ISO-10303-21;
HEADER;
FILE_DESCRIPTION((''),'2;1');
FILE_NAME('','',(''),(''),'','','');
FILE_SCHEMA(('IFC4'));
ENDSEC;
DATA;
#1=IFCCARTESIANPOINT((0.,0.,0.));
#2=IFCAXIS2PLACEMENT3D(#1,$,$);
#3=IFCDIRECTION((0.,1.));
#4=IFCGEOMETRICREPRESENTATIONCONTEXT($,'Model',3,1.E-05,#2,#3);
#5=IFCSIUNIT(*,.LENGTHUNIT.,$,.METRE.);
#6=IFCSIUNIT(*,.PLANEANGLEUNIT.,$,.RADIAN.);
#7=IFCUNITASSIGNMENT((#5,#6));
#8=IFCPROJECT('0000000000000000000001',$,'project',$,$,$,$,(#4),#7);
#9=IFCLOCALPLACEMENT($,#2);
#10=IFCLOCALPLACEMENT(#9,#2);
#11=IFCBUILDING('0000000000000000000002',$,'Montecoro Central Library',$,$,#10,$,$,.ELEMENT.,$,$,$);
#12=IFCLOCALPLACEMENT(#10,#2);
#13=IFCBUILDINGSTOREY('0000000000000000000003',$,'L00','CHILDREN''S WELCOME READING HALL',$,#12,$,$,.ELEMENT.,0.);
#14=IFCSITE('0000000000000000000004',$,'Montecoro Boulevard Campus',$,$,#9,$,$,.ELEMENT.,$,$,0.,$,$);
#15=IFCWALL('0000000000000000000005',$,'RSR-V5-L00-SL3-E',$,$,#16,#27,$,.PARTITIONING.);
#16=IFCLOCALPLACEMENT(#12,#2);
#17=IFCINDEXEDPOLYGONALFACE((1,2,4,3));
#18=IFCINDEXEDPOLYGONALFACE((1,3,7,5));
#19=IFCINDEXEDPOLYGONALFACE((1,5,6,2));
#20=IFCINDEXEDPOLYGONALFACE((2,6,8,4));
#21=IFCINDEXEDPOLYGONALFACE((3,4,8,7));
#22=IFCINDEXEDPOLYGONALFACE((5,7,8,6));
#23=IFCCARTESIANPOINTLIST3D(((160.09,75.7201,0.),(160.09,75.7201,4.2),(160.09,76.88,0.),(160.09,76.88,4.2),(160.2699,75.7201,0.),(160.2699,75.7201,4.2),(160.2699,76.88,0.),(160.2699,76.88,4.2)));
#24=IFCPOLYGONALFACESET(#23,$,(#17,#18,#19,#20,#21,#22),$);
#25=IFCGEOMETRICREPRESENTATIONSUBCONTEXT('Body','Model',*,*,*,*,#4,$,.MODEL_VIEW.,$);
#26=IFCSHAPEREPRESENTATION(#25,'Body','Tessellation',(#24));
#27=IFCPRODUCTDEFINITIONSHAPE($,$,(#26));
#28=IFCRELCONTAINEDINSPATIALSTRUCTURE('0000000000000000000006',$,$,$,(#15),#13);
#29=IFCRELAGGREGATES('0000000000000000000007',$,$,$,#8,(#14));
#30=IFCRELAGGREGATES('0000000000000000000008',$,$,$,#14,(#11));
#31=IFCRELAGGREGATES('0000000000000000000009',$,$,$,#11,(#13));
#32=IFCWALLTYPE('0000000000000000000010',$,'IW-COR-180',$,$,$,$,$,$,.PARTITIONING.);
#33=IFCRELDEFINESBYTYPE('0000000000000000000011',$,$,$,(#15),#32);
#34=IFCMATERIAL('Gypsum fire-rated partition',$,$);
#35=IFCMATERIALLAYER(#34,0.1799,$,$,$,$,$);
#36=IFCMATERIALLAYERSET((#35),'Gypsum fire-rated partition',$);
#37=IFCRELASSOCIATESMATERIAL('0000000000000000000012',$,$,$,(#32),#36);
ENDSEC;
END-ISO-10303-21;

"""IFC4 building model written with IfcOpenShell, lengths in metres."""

from ifc_helpers import new_model, si_unit, direction, frame, frame_2d, origin, place, context, subcontext, project, spatial, rectangle, extrude, material, layer, layer_set, type_object, element, save


model = new_model("IFC4")

# Units and contexts
model_context = context("Model", 3, precision=1e-05, world=origin(), true_north=direction((0.0, 1.0)))
body_context = subcontext(model_context, "Body", "Model", "MODEL_VIEW")
ifc_project = project(units=[si_unit("LENGTHUNIT", "METRE"), si_unit("PLANEANGLEUNIT", "RADIAN")], contexts=[model_context])

# Site, building, storey
site_placement = place(None, origin())
site = spatial("IfcSite", under=ifc_project, at=site_placement, Name="Montecoro Boulevard Campus", CompositionType="ELEMENT", RefElevation=0.0)
building_placement = place(site_placement, origin())
building = spatial("IfcBuilding", under=site, at=building_placement, Name="Montecoro Central Library", CompositionType="ELEMENT")
storey_placement = place(building_placement, origin())
storey = spatial("IfcBuildingStorey", under=building, at=storey_placement, Name="L00", Description="CHILDREN'S WELCOME READING HALL", CompositionType="ELEMENT", Elevation=0.0)

# Wall
ifc_material_1 = material(Name="Gypsum fire-rated partition")
ifc_layer = layer(ifc_material_1, 0.1799)
ifc_layer_set = layer_set([ifc_layer], Name="Gypsum fire-rated partition")
wall_type = type_object("IfcWallType", Name="IW-COR-180", PredefinedType="PARTITIONING", material=ifc_layer_set)
for number, where, z_axis, x_axis, name in (
    (1, (160.1799, 75.72, 0.0), (0.0, 0.0, 1.0), (0.0, 1.0, 0.0), "RSR-V5-L00-SL3-E"),
):
    element("IfcWall", number, at=place(storey_placement, frame(where, z_axis=z_axis, x_axis=x_axis)), inside=storey, type_object=wall_type, Name=name, PredefinedType="PARTITIONING", context=body_context, shape_type="SweptSolid", body=[
        extrude(rectangle(XDim=1.1599, YDim=0.1799, at=frame_2d((0.5801, 0.0))), origin(), (0.0, 0.0, 1.0), 4.2),
    ])

save(model, "model.ifc")
